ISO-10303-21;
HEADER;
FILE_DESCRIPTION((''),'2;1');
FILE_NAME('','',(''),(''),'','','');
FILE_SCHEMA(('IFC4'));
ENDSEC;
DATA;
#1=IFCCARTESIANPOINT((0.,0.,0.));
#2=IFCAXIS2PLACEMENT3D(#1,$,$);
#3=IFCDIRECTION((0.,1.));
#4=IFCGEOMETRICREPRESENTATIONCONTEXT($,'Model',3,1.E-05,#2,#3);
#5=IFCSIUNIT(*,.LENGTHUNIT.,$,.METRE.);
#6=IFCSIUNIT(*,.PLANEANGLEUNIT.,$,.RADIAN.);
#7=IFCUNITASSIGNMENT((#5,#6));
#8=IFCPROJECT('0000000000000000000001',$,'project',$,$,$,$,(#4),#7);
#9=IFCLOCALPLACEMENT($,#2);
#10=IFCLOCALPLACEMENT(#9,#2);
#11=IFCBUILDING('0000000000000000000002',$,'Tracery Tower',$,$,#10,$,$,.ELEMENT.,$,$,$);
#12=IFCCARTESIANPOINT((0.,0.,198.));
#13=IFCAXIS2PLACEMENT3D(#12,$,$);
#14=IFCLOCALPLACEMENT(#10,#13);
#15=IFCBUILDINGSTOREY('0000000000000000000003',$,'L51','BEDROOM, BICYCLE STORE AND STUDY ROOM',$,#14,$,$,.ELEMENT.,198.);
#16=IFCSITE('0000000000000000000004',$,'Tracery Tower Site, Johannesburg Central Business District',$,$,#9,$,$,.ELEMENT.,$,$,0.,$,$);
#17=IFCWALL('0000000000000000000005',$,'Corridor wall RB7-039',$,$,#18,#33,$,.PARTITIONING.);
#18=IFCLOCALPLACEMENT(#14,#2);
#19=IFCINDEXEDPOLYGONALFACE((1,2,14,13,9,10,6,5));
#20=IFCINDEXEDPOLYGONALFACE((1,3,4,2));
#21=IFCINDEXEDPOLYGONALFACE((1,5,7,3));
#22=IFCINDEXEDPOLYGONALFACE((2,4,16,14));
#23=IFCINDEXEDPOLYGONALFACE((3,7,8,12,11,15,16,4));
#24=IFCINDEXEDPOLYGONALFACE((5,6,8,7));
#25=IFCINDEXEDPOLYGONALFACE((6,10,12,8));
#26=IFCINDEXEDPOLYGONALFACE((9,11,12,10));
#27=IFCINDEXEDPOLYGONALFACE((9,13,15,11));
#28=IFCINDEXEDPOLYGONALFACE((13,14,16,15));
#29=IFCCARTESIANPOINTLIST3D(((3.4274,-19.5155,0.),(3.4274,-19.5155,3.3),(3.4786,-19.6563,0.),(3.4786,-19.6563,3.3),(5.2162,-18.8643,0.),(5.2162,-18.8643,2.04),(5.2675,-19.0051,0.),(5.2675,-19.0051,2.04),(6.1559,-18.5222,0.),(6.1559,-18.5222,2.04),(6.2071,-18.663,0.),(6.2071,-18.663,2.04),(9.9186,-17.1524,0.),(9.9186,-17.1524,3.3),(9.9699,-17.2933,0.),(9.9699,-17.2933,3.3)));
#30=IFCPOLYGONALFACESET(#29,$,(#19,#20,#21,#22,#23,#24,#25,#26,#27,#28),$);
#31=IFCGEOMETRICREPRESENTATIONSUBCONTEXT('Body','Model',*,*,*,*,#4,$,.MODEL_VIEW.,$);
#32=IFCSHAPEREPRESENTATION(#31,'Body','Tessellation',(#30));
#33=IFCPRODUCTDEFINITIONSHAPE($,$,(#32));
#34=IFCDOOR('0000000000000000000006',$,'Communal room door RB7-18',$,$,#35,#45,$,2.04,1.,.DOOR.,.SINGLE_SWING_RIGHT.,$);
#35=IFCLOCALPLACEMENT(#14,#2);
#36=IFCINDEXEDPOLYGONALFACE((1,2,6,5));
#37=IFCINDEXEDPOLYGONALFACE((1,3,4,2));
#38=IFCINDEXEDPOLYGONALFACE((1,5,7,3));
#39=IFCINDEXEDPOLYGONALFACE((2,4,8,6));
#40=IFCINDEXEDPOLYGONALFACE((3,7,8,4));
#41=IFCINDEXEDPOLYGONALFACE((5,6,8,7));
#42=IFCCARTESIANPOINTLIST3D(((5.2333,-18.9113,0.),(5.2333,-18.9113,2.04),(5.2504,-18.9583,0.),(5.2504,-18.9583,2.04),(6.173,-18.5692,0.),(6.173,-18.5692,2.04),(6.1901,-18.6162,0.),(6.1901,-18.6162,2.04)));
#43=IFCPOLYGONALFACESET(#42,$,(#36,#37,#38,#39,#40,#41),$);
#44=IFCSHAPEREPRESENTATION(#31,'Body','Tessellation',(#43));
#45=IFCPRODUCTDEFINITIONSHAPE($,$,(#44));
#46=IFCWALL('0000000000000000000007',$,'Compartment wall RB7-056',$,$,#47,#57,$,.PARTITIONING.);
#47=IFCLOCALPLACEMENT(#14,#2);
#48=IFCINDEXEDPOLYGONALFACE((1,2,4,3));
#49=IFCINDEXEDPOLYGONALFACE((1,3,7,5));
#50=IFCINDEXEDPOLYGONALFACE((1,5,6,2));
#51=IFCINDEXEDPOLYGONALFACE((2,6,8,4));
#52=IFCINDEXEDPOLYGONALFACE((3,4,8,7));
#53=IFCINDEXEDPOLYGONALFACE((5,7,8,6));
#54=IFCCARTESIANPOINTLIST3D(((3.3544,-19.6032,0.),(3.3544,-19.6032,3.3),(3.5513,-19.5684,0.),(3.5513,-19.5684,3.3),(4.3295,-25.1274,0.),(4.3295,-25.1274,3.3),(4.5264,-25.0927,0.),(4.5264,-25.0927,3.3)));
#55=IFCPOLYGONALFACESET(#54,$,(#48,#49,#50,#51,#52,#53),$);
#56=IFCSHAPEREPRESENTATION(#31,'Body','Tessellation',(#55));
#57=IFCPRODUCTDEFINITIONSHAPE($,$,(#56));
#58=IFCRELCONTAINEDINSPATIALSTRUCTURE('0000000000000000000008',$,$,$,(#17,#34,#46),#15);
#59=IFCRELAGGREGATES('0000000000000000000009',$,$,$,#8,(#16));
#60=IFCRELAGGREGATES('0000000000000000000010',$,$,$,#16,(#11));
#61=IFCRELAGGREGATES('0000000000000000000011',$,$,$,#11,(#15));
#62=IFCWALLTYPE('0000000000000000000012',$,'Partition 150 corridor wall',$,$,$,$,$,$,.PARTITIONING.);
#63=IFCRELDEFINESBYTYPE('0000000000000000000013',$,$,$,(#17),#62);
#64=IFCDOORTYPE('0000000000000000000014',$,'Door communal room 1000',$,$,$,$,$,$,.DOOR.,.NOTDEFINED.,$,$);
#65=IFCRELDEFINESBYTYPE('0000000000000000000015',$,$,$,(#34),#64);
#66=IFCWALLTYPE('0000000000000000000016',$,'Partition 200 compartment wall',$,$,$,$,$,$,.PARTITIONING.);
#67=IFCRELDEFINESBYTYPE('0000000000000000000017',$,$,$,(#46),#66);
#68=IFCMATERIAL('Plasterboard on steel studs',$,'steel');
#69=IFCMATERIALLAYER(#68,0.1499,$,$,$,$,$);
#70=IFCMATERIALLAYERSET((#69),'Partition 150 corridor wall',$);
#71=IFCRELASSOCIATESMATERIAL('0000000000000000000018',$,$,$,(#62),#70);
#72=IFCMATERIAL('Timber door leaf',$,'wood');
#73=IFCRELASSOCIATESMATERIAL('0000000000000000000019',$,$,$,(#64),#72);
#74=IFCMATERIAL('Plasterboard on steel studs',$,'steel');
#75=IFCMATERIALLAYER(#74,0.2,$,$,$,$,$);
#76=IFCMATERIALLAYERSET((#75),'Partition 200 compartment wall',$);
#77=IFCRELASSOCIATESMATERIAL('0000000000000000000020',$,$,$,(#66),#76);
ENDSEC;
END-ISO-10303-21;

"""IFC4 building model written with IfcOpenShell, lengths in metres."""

from ifc_helpers import new_model, si_unit, direction, frame, frame_2d, origin, place, context, subcontext, project, spatial, rectangle, extrude, material, layer, layer_set, type_object, element, fill, save


model = new_model("IFC4")

# Units and contexts
model_context = context("Model", 3, precision=1e-05, world=origin(), true_north=direction((0.0, 1.0)))
body_context = subcontext(model_context, "Body", "Model", "MODEL_VIEW")
ifc_project = project(units=[si_unit("LENGTHUNIT", "METRE"), si_unit("PLANEANGLEUNIT", "RADIAN")], contexts=[model_context])

# Site, building, storey
site_placement = place(None, origin())
site = spatial("IfcSite", under=ifc_project, at=site_placement, Name="Tracery Tower Site, Johannesburg Central Business District", CompositionType="ELEMENT", RefElevation=0.0)
building_placement = place(site_placement, origin())
building = spatial("IfcBuilding", under=site, at=building_placement, Name="Tracery Tower", CompositionType="ELEMENT")
storey_placement = place(building_placement, frame((0.0, 0.0, 198.0)))
storey = spatial("IfcBuildingStorey", under=building, at=storey_placement, Name="L51", Description="BEDROOM, BICYCLE STORE AND STUDY ROOM", CompositionType="ELEMENT", Elevation=198.0)

# Wall, opening, door
ifc_material_1 = material(Name="Plasterboard on steel studs", Category="steel")
ifc_layer_1 = layer(ifc_material_1, 0.1499)
ifc_layer_set_1 = layer_set([ifc_layer_1], Name="Partition 150 corridor wall")
wall_type_1 = type_object("IfcWallType", Name="Partition 150 corridor wall", PredefinedType="PARTITIONING", material=ifc_layer_set_1)
wall_1_placement = place(storey_placement, frame((3.4529, -19.5859, 0.0), z_axis=(0.0, 0.0, 1.0), x_axis=(0.939673, 0.342075, 0.0)))
wall_1 = element("IfcWall", 1, at=wall_1_placement, inside=storey, type_object=wall_type_1, Name="Corridor wall RB7-039", PredefinedType="PARTITIONING", context=body_context, shape_type="SweptSolid", body=[
    extrude(rectangle(XDim=6.908, YDim=0.1499, at=frame_2d((3.4541, 0.0))), origin(), (0.0, 0.0, 1.0), 3.3),
])
opening_1_placement = place(wall_1_placement, frame((1.9038, 0.0, 0.0)))
opening_1 = element("IfcOpeningElement", 2, at=opening_1_placement, cuts=wall_1, PredefinedType="OPENING", context=body_context, shape_type="SweptSolid", body=[
    extrude(rectangle(XDim=1.0, YDim=2.04, at=frame_2d((0.5, 1.02))), frame((0.0, 0.075, 0.0), z_axis=(0.0, -1.0, 0.0), x_axis=(1.0, 0.0, 0.0)), (0.0, 0.0, 1.0), 0.1499),
])
ifc_material_2 = material(Name="Timber door leaf", Category="wood")
door_type_1 = type_object("IfcDoorType", Name="Door communal room 1000", OperationType="NOTDEFINED", PredefinedType="DOOR", material=ifc_material_2)
door_1_placement = place(opening_1_placement, origin())
door_1 = element("IfcDoor", 3, at=door_1_placement, inside=storey, type_object=door_type_1, Name="Communal room door RB7-18", OperationType="SINGLE_SWING_RIGHT", OverallHeight=2.04, OverallWidth=1.0, PredefinedType="DOOR", context=body_context, shape_type="SweptSolid", body=[
    extrude(rectangle(XDim=1.0, YDim=2.04, at=frame_2d((0.5, 1.02))), frame((0.0, 0.0249, 0.0), z_axis=(0.0, -1.0, 0.0), x_axis=(1.0, 0.0, 0.0)), (0.0, 0.0, 1.0), 0.05),
])
fill(opening_1, door_1)

# Wall
ifc_material_3 = material(Name="Plasterboard on steel studs", Category="steel")
ifc_layer_2 = layer(ifc_material_3, 0.2)
ifc_layer_set_2 = layer_set([ifc_layer_2], Name="Partition 200 compartment wall")
wall_type_2 = type_object("IfcWallType", Name="Partition 200 compartment wall", PredefinedType="PARTITIONING", material=ifc_layer_set_2)
wall_2_placement = place(storey_placement, frame((3.4529, -19.5859, 0.0), z_axis=(0.0, 0.0, 1.0), x_axis=(0.173828, -0.984776, 0.0)))
element("IfcWall", 4, at=wall_2_placement, inside=storey, type_object=wall_type_2, Name="Compartment wall RB7-056", PredefinedType="PARTITIONING", context=body_context, shape_type="SweptSolid", body=[
    extrude(rectangle(XDim=5.6096, YDim=0.2, at=frame_2d((2.8047, 0.0))), origin(), (0.0, 0.0, 1.0), 3.3),
])

save(model, "model.ifc")
